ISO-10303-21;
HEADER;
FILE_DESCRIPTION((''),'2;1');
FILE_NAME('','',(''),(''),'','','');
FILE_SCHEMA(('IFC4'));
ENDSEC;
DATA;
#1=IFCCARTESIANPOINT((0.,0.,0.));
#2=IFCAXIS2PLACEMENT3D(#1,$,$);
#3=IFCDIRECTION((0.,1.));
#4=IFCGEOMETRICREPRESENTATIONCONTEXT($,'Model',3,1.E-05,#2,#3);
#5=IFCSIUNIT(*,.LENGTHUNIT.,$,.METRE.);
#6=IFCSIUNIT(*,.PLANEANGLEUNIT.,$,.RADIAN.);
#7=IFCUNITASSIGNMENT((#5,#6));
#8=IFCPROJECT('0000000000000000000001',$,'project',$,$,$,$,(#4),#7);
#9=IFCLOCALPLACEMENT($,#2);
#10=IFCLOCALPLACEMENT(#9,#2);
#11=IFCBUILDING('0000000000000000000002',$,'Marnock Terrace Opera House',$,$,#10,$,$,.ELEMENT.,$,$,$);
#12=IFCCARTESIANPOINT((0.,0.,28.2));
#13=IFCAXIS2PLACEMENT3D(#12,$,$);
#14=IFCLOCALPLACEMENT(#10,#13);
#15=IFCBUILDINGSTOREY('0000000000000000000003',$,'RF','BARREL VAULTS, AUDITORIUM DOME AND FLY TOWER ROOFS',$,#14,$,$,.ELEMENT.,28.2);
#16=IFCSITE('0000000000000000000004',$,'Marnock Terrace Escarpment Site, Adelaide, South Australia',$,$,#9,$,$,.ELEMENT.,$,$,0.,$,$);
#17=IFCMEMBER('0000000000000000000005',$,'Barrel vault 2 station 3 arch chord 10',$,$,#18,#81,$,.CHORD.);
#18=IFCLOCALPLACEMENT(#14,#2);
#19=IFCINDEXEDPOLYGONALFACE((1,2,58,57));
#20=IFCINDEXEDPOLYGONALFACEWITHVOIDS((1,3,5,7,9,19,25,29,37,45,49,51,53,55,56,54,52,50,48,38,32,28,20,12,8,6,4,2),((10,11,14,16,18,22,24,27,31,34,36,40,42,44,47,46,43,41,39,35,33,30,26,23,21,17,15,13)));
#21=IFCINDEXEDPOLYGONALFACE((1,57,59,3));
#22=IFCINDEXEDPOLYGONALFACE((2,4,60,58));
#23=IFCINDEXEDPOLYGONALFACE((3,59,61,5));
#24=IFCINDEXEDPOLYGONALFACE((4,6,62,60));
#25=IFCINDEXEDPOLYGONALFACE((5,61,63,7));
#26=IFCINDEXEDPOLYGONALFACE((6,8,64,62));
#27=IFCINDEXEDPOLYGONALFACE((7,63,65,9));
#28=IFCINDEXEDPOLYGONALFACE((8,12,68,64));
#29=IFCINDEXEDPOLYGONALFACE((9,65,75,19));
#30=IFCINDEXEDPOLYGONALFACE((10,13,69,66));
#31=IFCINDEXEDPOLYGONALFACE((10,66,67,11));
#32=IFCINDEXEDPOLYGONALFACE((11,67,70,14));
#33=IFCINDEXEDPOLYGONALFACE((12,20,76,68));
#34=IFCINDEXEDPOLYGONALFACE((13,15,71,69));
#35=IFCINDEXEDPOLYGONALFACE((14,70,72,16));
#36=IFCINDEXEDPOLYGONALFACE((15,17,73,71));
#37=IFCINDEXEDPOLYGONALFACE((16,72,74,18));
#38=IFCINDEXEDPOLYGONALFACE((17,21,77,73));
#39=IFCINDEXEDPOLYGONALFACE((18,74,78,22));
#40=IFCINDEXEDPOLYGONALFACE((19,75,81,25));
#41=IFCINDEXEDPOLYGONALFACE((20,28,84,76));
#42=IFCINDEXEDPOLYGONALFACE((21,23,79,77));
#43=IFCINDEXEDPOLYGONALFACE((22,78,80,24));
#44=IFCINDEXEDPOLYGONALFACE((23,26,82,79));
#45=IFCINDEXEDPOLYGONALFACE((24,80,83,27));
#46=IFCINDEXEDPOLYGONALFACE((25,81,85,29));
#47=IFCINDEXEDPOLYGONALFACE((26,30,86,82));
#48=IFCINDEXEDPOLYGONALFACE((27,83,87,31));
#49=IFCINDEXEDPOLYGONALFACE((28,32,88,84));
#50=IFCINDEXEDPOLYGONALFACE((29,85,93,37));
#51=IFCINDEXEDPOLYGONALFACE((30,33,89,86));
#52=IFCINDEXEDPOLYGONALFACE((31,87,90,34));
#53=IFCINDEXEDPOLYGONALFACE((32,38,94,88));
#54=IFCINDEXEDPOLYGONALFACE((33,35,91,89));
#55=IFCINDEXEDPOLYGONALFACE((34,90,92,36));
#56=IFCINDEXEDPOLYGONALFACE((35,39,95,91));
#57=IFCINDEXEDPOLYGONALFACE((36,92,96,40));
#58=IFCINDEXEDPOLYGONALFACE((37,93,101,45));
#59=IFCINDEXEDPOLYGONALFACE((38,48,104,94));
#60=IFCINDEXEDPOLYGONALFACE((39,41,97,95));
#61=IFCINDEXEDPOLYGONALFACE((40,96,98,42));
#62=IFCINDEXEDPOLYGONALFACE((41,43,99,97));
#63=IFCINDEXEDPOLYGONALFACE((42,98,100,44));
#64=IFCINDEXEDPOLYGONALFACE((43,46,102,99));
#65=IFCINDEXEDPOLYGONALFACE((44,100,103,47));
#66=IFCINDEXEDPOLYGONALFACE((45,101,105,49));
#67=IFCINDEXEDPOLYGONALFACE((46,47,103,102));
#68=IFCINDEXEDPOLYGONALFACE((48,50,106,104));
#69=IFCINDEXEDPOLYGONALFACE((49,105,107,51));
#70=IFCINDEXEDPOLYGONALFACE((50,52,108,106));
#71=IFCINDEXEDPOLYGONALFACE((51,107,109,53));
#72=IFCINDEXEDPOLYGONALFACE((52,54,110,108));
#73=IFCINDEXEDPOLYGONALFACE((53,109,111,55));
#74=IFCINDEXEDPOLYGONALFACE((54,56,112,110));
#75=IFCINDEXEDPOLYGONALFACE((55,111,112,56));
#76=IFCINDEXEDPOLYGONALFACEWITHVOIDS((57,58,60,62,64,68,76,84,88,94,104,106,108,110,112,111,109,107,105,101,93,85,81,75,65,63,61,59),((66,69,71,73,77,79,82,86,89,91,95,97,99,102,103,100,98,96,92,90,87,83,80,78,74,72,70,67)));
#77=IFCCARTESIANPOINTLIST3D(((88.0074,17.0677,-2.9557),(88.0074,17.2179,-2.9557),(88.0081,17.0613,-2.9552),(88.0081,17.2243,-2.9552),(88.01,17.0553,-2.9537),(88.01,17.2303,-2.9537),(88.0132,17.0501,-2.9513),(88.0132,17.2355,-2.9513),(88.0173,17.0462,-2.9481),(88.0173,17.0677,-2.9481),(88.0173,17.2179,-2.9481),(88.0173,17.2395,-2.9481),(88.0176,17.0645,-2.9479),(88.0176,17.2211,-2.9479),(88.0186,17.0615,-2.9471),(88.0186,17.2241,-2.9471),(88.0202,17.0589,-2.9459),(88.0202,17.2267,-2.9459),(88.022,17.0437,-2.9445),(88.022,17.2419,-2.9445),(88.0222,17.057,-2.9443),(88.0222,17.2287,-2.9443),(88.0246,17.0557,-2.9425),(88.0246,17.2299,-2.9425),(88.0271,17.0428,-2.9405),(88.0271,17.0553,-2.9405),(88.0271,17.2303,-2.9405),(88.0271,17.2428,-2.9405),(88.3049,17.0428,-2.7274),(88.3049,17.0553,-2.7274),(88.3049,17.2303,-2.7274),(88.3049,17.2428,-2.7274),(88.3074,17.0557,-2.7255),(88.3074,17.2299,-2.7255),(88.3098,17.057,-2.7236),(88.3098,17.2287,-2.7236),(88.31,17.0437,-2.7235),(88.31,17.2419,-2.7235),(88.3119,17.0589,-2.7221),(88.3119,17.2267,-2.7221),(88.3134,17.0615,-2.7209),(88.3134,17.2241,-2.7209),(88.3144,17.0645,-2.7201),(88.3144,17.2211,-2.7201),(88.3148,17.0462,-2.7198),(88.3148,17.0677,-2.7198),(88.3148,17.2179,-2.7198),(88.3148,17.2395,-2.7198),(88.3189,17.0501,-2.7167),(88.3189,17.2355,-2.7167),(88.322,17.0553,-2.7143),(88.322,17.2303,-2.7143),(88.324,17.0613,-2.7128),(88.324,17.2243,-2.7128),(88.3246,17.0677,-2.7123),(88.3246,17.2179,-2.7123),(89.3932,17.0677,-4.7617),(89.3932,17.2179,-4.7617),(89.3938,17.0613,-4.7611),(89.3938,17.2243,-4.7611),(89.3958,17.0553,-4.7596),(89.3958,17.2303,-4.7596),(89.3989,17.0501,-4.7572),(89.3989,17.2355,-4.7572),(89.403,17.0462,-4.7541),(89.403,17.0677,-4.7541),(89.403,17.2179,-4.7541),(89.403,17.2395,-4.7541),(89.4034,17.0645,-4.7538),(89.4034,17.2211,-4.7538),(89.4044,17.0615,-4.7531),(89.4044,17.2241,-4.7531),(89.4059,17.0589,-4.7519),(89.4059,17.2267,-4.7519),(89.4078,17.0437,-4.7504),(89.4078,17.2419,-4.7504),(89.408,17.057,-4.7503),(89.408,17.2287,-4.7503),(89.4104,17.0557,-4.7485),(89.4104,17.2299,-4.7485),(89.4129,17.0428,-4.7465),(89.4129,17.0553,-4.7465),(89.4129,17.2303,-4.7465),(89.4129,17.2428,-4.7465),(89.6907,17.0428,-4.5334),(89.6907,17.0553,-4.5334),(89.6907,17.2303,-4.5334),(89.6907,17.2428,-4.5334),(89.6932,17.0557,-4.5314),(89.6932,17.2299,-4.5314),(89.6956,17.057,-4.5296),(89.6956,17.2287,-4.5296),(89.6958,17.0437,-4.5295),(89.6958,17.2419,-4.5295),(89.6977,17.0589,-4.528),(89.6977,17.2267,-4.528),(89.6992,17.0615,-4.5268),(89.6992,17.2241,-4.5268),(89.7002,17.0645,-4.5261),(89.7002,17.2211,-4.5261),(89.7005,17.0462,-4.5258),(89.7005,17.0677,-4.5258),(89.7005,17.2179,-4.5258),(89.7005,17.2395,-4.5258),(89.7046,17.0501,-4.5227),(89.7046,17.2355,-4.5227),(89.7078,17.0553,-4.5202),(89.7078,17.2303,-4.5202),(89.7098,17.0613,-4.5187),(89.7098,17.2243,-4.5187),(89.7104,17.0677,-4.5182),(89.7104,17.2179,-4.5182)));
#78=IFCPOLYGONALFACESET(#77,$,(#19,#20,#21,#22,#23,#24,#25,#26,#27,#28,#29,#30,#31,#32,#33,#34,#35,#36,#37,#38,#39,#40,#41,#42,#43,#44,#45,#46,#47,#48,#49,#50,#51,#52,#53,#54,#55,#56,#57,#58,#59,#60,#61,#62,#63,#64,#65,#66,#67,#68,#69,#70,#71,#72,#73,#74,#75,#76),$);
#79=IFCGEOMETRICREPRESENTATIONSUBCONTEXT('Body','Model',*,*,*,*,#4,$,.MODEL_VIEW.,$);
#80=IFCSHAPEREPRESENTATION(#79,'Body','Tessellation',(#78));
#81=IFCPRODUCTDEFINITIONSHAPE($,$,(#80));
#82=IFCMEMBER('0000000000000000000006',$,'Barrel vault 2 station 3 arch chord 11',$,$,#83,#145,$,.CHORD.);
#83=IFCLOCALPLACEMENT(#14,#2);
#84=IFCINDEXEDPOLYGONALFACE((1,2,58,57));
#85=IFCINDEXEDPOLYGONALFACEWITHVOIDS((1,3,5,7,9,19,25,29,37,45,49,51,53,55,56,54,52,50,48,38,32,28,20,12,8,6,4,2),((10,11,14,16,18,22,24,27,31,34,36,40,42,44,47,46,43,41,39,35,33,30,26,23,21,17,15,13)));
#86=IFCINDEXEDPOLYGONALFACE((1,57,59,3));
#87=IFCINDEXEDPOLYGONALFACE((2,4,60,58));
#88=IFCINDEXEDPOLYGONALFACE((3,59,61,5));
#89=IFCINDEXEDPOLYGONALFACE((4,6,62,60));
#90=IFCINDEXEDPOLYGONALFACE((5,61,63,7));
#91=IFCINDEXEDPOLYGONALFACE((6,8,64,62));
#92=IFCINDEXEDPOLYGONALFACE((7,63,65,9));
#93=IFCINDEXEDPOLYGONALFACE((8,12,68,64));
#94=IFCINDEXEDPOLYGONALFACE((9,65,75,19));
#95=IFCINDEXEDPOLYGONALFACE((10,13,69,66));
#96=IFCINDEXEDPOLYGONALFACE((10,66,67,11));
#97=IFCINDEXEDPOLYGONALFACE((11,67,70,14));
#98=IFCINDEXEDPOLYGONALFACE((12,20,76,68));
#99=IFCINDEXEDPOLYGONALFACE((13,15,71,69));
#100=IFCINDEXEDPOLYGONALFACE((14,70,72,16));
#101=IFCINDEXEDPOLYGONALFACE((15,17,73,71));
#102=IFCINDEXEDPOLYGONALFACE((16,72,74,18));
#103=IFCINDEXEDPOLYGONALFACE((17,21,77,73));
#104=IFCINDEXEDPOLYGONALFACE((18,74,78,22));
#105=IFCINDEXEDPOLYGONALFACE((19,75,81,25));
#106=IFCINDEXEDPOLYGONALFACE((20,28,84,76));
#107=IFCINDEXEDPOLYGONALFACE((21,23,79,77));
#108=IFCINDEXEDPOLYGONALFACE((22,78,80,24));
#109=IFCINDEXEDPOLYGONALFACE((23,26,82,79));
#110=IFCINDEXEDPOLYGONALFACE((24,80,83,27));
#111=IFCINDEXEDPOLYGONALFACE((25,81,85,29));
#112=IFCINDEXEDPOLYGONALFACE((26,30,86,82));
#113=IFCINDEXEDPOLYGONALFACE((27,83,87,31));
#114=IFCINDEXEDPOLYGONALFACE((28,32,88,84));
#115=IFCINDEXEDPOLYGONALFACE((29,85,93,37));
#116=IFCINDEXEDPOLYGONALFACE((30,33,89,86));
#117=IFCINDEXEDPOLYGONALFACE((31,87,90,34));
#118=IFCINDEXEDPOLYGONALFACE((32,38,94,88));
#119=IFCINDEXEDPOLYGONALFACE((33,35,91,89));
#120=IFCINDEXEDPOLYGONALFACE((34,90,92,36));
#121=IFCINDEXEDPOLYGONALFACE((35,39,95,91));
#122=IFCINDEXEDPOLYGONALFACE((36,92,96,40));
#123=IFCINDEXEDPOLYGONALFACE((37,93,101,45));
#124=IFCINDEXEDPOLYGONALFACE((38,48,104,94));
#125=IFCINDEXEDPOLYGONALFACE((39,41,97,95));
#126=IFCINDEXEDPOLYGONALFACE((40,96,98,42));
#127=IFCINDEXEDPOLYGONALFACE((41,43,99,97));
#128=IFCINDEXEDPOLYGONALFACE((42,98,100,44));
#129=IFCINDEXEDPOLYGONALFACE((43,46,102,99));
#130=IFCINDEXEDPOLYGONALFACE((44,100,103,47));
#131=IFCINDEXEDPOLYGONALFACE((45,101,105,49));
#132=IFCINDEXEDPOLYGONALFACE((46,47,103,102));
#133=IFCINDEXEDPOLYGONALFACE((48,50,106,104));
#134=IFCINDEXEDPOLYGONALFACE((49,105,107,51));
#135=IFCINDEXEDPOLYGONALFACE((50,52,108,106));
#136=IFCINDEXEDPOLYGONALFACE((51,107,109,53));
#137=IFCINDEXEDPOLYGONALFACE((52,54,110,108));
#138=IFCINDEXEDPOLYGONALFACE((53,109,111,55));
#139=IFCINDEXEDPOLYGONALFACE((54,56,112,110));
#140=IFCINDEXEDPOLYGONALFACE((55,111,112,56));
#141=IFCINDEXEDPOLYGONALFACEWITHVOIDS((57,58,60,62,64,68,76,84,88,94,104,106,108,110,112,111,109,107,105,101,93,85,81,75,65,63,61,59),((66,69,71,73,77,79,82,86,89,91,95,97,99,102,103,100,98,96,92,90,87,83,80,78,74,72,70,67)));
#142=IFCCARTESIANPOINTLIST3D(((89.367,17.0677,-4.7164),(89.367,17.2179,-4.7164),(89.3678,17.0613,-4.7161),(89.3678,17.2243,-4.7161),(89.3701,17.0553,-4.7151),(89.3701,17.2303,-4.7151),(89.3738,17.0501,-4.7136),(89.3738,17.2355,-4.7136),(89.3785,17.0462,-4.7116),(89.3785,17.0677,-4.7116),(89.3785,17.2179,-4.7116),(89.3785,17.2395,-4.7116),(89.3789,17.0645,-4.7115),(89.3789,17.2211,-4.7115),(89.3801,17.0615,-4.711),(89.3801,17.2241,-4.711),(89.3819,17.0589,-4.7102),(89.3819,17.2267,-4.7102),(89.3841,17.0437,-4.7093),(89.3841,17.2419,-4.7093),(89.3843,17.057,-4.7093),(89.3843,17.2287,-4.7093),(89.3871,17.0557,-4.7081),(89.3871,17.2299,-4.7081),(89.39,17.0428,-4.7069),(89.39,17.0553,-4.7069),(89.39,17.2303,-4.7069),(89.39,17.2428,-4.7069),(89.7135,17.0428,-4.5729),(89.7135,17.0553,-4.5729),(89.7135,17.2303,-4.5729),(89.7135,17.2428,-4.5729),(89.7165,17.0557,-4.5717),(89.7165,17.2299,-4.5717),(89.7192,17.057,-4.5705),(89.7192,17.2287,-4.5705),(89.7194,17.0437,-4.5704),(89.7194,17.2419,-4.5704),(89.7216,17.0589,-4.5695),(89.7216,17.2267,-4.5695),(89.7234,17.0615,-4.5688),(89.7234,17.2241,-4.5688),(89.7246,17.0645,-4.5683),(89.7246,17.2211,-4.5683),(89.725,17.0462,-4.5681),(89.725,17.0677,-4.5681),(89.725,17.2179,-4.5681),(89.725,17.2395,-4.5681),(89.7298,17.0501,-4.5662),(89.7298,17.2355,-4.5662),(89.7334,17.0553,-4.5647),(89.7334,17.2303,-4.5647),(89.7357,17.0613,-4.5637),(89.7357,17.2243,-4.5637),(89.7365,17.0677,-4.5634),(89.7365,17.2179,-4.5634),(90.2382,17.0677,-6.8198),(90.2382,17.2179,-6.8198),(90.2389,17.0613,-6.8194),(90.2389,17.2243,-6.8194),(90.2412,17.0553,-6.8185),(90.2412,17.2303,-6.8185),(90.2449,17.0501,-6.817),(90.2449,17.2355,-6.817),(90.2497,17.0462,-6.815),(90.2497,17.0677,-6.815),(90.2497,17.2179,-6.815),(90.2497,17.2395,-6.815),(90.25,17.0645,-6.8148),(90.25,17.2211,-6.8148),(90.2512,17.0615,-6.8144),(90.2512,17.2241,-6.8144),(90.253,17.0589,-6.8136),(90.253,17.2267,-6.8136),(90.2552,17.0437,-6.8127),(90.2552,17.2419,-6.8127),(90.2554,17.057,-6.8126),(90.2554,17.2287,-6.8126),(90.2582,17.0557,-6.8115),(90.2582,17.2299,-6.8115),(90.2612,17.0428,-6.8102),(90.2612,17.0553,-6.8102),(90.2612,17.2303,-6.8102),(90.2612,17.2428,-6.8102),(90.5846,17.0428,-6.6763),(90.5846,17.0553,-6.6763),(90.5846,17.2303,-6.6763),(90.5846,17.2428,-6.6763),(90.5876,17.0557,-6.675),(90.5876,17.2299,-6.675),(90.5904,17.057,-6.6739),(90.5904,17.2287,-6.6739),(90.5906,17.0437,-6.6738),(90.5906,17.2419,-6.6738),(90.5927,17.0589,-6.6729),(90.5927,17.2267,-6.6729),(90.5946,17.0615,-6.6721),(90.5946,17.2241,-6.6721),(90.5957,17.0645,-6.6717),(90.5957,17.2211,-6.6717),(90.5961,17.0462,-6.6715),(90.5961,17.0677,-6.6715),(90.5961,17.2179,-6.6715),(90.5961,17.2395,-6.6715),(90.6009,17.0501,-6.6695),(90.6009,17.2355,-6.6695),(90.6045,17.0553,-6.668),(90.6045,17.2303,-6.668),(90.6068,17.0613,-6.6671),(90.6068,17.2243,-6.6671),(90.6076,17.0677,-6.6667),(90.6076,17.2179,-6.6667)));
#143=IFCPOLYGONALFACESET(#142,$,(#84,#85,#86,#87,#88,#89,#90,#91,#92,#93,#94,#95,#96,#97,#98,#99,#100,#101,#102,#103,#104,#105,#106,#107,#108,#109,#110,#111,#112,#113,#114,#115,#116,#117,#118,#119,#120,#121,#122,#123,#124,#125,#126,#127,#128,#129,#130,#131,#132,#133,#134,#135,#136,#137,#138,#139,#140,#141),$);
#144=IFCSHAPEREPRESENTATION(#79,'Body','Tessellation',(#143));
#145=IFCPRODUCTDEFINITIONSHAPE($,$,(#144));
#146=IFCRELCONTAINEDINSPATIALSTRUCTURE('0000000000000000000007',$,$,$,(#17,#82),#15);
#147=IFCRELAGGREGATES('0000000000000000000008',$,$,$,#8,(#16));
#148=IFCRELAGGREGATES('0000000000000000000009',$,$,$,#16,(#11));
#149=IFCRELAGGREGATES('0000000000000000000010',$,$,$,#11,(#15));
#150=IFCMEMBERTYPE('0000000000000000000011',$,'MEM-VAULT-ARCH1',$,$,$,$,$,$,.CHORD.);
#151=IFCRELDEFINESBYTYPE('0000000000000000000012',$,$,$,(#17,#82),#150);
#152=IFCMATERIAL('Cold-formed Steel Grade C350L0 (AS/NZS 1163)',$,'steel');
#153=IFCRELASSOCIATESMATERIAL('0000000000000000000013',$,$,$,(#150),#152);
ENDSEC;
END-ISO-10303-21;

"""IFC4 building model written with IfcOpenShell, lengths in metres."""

from ifc_helpers import new_model, si_unit, direction, frame, origin, origin_2d, place, context, subcontext, project, spatial, hollow_rectangle, extrude, material, material_profile, profile_set, type_object, element, save


model = new_model("IFC4")

# Units and contexts
model_context = context("Model", 3, precision=1e-05, world=origin(), true_north=direction((0.0, 1.0)))
body_context = subcontext(model_context, "Body", "Model", "MODEL_VIEW")
ifc_project = project(units=[si_unit("LENGTHUNIT", "METRE"), si_unit("PLANEANGLEUNIT", "RADIAN")], contexts=[model_context])

# Site, building, storey
site_placement = place(None, origin())
site = spatial("IfcSite", under=ifc_project, at=site_placement, Name="Marnock Terrace Escarpment Site, Adelaide, South Australia", CompositionType="ELEMENT", RefElevation=0.0)
building_placement = place(site_placement, origin())
building = spatial("IfcBuilding", under=site, at=building_placement, Name="Marnock Terrace Opera House", CompositionType="ELEMENT")
storey_placement = place(building_placement, frame((0.0, 0.0, 28.2)))
storey = spatial("IfcBuildingStorey", under=building, at=storey_placement, Name="RF", Description="BARREL VAULTS, AUDITORIUM DOME AND FLY TOWER ROOFS", CompositionType="ELEMENT", Elevation=28.2)

# Members
ifc_material = material(Name="Cold-formed Steel Grade C350L0 (AS/NZS 1163)", Category="steel")
ifc_material_profile_1 = material_profile(ifc_material, hollow_rectangle(XDim=0.2, YDim=0.3999, WallThickness=0.0125, InnerFilletRadius=0.0125, OuterFilletRadius=0.0249, at=origin_2d()))
ifc_profile_set_1 = profile_set([ifc_material_profile_1], Name="Cold-formed Steel Grade C350L0 (AS/NZS 1163)")
member_type_1 = type_object("IfcMemberType", Name="MEM-VAULT-ARCH1", PredefinedType="CHORD", material=ifc_profile_set_1)
for number, where, z_axis, x_axis, name in (
    (1, (88.166, 17.1428, -2.834), (0.608767, 0.0, -0.793349), (0.0, 1.0, 0.0), "Barrel vault 2 station 3 arch chord 10"),
):
    element("IfcMember", number, at=place(storey_placement, frame(where, z_axis=z_axis, x_axis=x_axis)), inside=storey, type_object=member_type_1, Name=name, PredefinedType="CHORD", context=body_context, shape_type="SweptSolid", body=[
        extrude(hollow_rectangle(XDim=0.2, YDim=0.3999, WallThickness=0.0125, InnerFilletRadius=0.0125, OuterFilletRadius=0.0249, at=origin_2d()), origin(), (0.0, 0.0, 1.0), 2.2764),
    ])
member_1_placement = place(storey_placement, frame((89.5518, 17.1428, -4.6399), z_axis=(0.382642, 0.0, -0.923897), x_axis=(0.0, 1.0, 0.0)))
element("IfcMember", 2, at=member_1_placement, inside=storey, type_object=member_type_1, Name="Barrel vault 2 station 3 arch chord 11", PredefinedType="CHORD", context=body_context, shape_type="SweptSolid", body=[
    extrude(hollow_rectangle(XDim=0.2, YDim=0.3999, WallThickness=0.0125, InnerFilletRadius=0.0125, OuterFilletRadius=0.0249, at=origin_2d()), origin(), (0.0, 0.0, 1.0), 2.2766),
])

save(model, "model.ifc")
